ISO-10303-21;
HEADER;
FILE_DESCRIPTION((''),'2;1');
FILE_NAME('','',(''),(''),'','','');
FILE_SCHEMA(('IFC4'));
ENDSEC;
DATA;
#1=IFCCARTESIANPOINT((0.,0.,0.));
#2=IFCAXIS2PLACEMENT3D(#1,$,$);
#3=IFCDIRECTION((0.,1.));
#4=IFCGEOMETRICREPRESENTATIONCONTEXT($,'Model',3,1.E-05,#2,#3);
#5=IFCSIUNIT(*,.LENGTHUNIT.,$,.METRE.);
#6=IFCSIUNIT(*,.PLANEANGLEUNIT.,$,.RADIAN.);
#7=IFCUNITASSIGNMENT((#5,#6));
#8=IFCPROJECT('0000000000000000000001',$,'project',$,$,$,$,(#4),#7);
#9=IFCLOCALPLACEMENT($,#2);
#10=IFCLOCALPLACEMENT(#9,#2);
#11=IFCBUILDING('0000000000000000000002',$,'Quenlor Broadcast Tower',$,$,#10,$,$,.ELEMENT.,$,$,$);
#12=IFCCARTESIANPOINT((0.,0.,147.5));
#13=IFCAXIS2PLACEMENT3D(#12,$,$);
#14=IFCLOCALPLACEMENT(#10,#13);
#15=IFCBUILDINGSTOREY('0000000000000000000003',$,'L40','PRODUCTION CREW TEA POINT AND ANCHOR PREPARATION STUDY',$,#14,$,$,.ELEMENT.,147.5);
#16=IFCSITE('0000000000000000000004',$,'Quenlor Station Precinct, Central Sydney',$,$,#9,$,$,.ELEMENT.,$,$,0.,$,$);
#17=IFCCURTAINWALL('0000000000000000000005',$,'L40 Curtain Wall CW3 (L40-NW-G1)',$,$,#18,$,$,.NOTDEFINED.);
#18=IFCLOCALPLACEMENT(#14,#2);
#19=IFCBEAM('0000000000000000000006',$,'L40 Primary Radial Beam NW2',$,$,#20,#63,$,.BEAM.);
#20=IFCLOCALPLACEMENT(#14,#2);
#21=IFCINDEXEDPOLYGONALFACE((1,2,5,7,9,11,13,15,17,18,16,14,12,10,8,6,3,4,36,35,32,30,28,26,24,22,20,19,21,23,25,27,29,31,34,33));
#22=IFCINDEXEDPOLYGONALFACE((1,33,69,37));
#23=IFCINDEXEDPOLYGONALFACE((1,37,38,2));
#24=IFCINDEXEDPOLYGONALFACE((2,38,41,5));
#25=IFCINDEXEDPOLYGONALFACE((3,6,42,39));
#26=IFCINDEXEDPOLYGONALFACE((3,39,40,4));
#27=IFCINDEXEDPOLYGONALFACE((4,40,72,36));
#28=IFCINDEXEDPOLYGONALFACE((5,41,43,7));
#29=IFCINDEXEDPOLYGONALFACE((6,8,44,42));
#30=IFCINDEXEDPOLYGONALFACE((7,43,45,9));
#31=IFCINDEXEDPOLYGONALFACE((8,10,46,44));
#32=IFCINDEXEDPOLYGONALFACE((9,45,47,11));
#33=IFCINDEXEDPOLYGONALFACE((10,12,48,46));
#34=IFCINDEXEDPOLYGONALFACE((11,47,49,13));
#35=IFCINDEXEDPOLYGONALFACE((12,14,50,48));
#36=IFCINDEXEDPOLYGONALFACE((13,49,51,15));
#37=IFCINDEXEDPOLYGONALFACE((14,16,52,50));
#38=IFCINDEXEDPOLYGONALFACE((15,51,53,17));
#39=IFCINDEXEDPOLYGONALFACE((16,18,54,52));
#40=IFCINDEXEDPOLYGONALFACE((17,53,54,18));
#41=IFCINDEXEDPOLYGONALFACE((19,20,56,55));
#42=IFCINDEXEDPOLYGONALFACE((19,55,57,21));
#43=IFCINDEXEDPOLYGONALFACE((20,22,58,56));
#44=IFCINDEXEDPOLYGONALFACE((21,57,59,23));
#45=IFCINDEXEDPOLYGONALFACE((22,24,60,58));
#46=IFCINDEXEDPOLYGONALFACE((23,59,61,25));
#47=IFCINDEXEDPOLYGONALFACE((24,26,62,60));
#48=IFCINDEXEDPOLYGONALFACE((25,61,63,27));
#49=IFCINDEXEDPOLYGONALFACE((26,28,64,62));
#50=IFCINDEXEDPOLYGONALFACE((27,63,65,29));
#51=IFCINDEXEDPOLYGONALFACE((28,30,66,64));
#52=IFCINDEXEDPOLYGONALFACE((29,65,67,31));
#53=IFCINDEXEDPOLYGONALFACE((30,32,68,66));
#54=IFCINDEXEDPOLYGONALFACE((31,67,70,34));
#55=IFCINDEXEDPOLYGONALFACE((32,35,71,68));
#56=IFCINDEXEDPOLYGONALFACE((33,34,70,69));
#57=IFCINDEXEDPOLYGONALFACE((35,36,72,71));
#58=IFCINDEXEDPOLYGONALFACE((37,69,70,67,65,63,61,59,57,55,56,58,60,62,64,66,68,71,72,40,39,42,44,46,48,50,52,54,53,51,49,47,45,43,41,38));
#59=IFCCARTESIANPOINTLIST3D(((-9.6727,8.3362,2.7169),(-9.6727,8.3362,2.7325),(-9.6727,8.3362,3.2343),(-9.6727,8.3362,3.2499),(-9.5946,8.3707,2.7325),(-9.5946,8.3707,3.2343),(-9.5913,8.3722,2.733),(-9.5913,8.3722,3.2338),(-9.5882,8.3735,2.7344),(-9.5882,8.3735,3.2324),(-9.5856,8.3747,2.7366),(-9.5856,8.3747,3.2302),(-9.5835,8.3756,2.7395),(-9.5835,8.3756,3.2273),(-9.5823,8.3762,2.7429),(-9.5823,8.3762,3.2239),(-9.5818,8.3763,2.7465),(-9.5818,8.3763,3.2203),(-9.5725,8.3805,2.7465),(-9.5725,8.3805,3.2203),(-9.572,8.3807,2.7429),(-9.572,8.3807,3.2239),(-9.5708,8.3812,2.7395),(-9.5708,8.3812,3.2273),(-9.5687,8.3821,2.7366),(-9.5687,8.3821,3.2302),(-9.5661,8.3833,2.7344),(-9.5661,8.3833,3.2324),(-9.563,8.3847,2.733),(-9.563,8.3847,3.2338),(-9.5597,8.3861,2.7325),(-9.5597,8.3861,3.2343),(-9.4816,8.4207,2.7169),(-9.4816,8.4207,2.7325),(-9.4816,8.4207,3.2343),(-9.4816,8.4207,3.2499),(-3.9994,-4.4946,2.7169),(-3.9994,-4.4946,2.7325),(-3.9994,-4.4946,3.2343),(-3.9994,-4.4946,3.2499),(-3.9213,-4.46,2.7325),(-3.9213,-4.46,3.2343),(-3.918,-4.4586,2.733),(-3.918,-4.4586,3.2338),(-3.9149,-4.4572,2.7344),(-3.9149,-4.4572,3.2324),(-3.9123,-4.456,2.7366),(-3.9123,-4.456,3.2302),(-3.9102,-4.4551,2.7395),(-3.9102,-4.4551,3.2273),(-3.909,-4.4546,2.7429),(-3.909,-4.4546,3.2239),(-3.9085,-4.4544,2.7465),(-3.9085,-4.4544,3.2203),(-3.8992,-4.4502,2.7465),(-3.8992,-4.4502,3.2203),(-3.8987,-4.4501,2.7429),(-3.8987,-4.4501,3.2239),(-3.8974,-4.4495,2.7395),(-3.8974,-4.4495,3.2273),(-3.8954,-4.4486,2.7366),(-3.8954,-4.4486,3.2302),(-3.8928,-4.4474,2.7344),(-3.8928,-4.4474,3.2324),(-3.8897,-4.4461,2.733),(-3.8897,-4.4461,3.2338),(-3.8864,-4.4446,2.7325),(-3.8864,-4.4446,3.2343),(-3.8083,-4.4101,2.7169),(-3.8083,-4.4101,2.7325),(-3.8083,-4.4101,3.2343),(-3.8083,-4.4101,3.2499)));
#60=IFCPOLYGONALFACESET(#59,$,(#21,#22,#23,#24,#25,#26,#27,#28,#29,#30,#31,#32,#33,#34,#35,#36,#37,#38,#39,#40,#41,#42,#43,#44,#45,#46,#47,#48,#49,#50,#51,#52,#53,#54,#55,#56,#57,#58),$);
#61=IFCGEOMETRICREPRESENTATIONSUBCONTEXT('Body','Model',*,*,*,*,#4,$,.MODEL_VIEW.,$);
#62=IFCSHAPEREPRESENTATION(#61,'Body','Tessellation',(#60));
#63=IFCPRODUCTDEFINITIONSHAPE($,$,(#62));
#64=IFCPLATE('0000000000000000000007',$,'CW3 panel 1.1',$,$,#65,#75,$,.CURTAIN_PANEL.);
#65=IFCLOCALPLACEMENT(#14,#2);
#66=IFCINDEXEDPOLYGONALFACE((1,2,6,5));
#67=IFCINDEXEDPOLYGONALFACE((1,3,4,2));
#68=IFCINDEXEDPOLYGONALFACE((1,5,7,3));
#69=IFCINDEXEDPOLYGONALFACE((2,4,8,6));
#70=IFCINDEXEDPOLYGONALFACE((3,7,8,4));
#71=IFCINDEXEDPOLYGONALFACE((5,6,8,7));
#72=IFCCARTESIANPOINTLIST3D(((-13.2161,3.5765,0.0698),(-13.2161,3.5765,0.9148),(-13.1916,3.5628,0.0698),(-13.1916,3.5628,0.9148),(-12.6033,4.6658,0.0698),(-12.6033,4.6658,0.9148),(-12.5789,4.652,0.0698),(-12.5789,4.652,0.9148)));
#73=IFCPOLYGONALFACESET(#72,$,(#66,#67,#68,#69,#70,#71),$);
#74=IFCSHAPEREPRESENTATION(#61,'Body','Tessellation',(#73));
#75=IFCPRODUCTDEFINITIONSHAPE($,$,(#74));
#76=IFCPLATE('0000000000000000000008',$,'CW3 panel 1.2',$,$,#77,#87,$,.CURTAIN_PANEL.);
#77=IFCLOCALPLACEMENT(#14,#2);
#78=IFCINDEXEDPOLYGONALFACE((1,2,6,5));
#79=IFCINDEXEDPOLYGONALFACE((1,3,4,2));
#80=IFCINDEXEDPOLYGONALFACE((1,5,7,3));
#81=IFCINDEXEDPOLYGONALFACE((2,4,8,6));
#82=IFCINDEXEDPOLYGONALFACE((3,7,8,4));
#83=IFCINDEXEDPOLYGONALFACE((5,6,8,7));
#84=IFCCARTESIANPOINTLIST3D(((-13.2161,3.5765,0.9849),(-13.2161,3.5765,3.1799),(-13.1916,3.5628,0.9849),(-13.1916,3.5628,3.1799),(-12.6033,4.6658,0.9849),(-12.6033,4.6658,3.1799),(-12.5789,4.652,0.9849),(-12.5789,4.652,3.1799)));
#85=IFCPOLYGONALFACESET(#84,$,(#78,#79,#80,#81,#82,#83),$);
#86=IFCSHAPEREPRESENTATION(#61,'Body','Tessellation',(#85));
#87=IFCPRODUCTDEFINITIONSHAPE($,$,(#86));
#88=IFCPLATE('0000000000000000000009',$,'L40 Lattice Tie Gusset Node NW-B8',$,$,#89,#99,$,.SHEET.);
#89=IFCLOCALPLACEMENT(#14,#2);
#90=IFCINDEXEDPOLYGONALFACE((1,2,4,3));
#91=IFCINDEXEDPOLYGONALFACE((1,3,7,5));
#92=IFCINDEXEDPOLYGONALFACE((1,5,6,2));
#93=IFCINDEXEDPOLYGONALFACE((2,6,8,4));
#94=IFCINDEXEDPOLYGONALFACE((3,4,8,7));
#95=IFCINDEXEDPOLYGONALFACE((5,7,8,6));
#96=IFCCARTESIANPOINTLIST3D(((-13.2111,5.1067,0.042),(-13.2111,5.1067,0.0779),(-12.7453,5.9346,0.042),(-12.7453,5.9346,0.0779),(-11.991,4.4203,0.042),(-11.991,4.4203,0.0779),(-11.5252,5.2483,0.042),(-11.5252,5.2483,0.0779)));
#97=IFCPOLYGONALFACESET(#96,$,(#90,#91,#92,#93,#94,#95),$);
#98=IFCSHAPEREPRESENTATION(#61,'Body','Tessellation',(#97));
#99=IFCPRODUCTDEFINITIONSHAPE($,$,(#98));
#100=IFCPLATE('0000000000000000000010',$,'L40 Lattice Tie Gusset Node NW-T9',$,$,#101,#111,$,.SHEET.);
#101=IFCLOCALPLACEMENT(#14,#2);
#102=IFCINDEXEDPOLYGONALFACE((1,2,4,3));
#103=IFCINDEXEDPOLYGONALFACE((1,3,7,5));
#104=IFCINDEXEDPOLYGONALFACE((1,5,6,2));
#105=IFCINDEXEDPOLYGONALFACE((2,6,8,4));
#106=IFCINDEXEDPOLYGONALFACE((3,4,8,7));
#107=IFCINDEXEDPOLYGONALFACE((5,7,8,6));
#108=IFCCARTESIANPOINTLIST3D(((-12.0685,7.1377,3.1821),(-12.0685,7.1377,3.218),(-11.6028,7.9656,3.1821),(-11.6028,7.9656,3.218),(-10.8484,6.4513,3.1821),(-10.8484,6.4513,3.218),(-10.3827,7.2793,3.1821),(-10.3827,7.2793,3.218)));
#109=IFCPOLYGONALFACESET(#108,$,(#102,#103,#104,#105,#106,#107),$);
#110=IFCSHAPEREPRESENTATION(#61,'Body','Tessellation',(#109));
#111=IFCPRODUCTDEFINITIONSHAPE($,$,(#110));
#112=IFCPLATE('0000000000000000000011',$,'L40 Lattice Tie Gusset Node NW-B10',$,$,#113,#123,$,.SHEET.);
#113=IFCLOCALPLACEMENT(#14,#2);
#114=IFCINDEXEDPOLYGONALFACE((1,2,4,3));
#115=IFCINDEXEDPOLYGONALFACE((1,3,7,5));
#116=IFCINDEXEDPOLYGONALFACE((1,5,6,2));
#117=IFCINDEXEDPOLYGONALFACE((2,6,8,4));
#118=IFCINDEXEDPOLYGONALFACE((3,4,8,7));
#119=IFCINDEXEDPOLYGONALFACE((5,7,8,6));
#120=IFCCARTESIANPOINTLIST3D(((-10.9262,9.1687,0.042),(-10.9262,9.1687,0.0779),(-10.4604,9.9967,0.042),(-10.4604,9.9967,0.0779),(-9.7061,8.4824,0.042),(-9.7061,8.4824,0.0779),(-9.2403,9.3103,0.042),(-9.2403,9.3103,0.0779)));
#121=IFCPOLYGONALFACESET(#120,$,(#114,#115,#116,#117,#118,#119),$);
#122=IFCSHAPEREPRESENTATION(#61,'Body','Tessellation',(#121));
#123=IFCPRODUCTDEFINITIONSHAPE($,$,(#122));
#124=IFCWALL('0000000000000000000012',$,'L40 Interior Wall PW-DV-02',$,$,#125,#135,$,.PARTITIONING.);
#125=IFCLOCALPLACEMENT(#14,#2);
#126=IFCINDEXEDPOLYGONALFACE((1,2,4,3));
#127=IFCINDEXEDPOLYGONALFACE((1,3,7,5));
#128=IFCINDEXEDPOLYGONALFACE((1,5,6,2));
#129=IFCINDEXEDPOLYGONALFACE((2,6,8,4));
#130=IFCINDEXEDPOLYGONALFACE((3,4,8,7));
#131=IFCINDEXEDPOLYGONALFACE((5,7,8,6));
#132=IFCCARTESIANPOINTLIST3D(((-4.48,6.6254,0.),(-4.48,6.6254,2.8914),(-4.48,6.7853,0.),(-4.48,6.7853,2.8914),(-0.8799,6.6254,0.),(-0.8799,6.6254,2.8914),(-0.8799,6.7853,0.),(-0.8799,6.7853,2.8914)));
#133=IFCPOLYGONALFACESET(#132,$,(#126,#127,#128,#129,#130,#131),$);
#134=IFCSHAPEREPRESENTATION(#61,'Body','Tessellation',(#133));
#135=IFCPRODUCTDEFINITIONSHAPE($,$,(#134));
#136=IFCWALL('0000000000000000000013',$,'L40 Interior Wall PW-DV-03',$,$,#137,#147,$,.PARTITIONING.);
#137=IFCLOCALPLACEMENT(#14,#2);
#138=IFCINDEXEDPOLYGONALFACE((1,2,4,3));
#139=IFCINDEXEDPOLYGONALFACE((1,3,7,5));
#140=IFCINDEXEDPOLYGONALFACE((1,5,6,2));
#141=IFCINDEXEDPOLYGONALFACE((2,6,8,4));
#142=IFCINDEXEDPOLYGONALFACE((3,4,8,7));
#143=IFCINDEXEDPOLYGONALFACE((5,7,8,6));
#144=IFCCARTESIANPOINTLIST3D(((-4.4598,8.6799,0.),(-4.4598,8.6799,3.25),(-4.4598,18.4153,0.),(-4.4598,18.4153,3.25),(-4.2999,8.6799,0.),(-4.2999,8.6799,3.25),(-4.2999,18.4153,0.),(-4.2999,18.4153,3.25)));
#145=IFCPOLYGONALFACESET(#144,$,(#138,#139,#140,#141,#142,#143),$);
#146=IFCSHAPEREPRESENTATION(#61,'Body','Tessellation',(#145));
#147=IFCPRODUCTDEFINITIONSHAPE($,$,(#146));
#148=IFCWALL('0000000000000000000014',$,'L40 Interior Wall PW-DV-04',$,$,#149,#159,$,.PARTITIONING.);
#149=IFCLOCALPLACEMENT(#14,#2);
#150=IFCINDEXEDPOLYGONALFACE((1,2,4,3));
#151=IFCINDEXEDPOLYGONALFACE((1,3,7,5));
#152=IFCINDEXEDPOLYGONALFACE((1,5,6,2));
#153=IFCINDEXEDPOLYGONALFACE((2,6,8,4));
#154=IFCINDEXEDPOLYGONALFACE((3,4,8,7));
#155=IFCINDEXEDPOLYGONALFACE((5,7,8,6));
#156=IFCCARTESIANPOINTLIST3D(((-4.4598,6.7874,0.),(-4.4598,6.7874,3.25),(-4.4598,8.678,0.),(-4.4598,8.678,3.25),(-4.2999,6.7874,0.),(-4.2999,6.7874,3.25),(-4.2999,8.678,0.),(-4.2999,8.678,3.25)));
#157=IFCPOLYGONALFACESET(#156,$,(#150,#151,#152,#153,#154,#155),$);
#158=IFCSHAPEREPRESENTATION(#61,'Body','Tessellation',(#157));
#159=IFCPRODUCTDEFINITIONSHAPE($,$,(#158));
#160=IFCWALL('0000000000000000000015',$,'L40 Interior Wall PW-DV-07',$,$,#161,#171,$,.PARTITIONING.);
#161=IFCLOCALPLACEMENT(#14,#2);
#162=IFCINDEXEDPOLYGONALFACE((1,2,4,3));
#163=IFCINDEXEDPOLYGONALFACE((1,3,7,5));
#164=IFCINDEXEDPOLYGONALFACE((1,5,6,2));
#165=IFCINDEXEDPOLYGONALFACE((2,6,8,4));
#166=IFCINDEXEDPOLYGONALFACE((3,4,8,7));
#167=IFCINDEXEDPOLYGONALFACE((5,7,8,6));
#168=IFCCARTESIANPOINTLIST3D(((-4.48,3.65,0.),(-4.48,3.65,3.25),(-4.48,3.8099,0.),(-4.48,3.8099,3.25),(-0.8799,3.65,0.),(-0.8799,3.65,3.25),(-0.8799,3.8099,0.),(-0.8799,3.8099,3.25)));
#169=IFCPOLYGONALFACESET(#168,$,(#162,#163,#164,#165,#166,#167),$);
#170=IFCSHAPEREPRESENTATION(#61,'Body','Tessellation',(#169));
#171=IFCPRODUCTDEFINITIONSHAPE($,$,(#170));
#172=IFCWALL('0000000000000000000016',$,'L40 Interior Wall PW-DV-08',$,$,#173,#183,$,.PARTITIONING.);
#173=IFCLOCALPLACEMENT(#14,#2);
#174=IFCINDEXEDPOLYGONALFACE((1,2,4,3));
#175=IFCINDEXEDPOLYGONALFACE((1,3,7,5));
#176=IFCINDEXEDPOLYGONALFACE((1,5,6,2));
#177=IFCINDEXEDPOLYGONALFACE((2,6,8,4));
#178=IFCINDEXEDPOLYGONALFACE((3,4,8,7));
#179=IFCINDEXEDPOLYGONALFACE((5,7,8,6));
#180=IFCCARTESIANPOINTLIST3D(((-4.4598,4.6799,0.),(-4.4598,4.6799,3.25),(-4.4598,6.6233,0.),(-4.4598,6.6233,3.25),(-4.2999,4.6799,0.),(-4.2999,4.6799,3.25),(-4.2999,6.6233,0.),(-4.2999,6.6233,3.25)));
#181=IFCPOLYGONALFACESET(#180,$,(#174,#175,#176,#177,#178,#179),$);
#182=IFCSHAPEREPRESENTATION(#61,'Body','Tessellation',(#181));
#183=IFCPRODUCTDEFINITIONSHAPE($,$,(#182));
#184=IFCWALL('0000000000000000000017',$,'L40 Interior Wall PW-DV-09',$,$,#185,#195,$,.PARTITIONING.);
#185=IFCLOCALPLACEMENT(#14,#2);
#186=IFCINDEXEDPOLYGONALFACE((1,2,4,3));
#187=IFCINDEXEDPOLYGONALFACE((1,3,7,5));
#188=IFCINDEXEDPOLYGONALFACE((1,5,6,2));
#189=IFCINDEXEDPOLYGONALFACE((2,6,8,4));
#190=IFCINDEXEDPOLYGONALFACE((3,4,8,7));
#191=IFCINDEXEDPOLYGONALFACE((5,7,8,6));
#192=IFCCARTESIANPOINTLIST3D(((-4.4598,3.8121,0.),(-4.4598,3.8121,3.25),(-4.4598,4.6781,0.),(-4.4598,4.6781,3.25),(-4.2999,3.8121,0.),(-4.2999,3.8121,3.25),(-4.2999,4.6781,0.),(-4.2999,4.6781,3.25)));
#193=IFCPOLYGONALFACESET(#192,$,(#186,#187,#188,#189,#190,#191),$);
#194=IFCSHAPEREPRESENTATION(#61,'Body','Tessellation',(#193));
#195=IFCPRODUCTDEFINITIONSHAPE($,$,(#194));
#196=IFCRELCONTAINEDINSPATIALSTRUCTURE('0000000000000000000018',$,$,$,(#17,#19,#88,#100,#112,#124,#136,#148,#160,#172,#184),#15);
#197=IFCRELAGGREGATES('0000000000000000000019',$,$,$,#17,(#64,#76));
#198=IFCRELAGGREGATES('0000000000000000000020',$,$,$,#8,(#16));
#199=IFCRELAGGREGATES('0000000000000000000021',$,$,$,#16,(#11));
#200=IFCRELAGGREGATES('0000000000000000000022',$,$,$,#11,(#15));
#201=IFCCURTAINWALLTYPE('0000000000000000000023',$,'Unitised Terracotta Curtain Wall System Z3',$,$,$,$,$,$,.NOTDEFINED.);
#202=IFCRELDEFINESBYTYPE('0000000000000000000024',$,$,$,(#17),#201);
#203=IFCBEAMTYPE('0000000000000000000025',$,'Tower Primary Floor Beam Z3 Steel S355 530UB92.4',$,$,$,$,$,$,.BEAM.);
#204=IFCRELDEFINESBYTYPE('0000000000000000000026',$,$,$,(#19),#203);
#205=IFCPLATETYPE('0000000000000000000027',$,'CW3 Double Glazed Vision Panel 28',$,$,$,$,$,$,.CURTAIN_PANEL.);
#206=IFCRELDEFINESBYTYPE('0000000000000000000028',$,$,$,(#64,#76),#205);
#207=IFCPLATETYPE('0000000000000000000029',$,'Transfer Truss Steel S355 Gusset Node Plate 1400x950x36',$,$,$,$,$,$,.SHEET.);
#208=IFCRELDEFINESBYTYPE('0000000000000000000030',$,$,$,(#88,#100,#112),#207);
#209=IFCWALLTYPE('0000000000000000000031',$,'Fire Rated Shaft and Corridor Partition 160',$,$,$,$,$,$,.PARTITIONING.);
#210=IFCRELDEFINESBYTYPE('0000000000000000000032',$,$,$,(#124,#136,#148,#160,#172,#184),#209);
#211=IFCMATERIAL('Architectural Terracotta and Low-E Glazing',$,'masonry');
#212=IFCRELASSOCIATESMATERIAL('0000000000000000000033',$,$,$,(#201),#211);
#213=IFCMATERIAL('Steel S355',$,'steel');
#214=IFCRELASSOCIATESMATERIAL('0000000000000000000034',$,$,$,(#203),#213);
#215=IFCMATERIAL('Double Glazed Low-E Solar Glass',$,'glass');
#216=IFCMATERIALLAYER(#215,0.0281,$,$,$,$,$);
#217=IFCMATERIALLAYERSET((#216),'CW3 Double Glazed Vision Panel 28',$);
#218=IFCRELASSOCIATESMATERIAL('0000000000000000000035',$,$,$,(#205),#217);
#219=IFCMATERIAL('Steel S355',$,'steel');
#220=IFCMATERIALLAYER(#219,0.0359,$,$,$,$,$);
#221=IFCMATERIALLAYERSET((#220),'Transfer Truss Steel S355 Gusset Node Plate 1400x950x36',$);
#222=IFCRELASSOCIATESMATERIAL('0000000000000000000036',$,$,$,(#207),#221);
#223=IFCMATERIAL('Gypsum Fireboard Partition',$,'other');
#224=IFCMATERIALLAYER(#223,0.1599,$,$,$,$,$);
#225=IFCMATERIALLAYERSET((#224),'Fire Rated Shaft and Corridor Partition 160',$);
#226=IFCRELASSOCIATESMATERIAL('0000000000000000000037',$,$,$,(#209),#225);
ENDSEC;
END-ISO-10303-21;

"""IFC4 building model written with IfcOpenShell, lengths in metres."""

from ifc_helpers import new_model, si_unit, direction, frame, frame_2d, origin, origin_2d, place, context, subcontext, project, spatial, rectangle, i_section, extrude, material, layer, layer_set, material_profile, profile_set, type_object, element, aggregate, save


model = new_model("IFC4")

# Units and contexts
model_context = context("Model", 3, precision=1e-05, world=origin(), true_north=direction((0.0, 1.0)))
body_context = subcontext(model_context, "Body", "Model", "MODEL_VIEW")
ifc_project = project(units=[si_unit("LENGTHUNIT", "METRE"), si_unit("PLANEANGLEUNIT", "RADIAN")], contexts=[model_context])

# Site, building, storey
site_placement = place(None, origin())
site = spatial("IfcSite", under=ifc_project, at=site_placement, Name="Quenlor Station Precinct, Central Sydney", CompositionType="ELEMENT", RefElevation=0.0)
building_placement = place(site_placement, origin())
building = spatial("IfcBuilding", under=site, at=building_placement, Name="Quenlor Broadcast Tower", CompositionType="ELEMENT")
storey_placement = place(building_placement, frame((0.0, 0.0, 147.5)))
storey = spatial("IfcBuildingStorey", under=building, at=storey_placement, Name="L40", Description="PRODUCTION CREW TEA POINT AND ANCHOR PREPARATION STUDY", CompositionType="ELEMENT", Elevation=147.5)

# Curtain wall
ifc_material_1 = material(Name="Architectural Terracotta and Low-E Glazing", Category="masonry")
curtain_wall_type = type_object("IfcCurtainWallType", Name="Unitised Terracotta Curtain Wall System Z3", PredefinedType="NOTDEFINED", material=ifc_material_1)
curtain_wall_1_placement = place(storey_placement, origin())
curtain_wall_1 = element("IfcCurtainWall", 1, at=curtain_wall_1_placement, inside=storey, type_object=curtain_wall_type, Name="L40 Curtain Wall CW3 (L40-NW-G1)", PredefinedType="NOTDEFINED")

# Beam
ifc_material_2 = material(Name="Steel S355", Category="steel")
ifc_material_profile_1 = material_profile(ifc_material_2, i_section(OverallWidth=0.209, OverallDepth=0.533, WebThickness=0.0103, FlangeThickness=0.0156, FilletRadius=0.0139, at=origin_2d()))
ifc_profile_set_1 = profile_set([ifc_material_profile_1], Name="Steel S355 530UB92.4")
beam_type_1 = type_object("IfcBeamType", Name="Tower Primary Floor Beam Z3 Steel S355 530UB92.4", PredefinedType="BEAM", material=ifc_profile_set_1)
beam_1_placement = place(storey_placement, frame((-9.5771, 8.3784, 2.9834), z_axis=(0.404397, -0.914583, 0.0), x_axis=(0.914583, 0.404397, 0.0)))
element("IfcBeam", 2, at=beam_1_placement, inside=storey, type_object=beam_type_1, Name="L40 Primary Radial Beam NW2", PredefinedType="BEAM", context=body_context, shape_type="SweptSolid", body=[
    extrude(i_section(OverallWidth=0.209, OverallDepth=0.533, WebThickness=0.0103, FlangeThickness=0.0156, FilletRadius=0.0139, at=origin_2d()), origin(), (0.0, 0.0, 1.0), 14.0291),
])

# Plates
ifc_material_3 = material(Name="Double Glazed Low-E Solar Glass", Category="glass")
ifc_layer_1 = layer(ifc_material_3, 0.0281)
ifc_layer_set_1 = layer_set([ifc_layer_1], Name="CW3 Double Glazed Vision Panel 28")
plate_type_1 = type_object("IfcPlateType", Name="CW3 Double Glazed Vision Panel 28", PredefinedType="CURTAIN_PANEL", material=ifc_layer_set_1)
plate_1_placement = place(storey_placement, frame((-12.8975, 4.1143, 0.0698), z_axis=(0.0, 0.0, 1.0), x_axis=(0.490285, 0.871562, 0.0)))
plate_1 = element("IfcPlate", 3, at=plate_1_placement, type_object=plate_type_1, Name="CW3 panel 1.1", PredefinedType="CURTAIN_PANEL", context=body_context, shape_type="SweptSolid", body=[
    extrude(rectangle(XDim=1.2498, YDim=0.0281, at=origin_2d()), origin(), (0.0, 0.0, 1.0), 0.845),
])
plate_2_placement = place(storey_placement, frame((-12.8975, 4.1143, 0.9849), z_axis=(0.0, 0.0, 1.0), x_axis=(0.490285, 0.871562, 0.0)))
plate_2 = element("IfcPlate", 4, at=plate_2_placement, type_object=plate_type_1, Name="CW3 panel 1.2", PredefinedType="CURTAIN_PANEL", context=body_context, shape_type="SweptSolid", body=[
    extrude(rectangle(XDim=1.2498, YDim=0.0281, at=origin_2d()), origin(), (0.0, 0.0, 1.0), 2.1951),
])
aggregate(curtain_wall_1, [plate_1, plate_2])

# Plates
ifc_material_4 = material(Name="Steel S355", Category="steel")
ifc_layer_2 = layer(ifc_material_4, 0.0359)
ifc_layer_set_2 = layer_set([ifc_layer_2], Name="Transfer Truss Steel S355 Gusset Node Plate 1400x950x36")
plate_type_2 = type_object("IfcPlateType", Name="Transfer Truss Steel S355 Gusset Node Plate 1400x950x36", PredefinedType="SHEET", material=ifc_layer_set_2)
for number, where, z_axis, x_axis, name in (
    (5, (-12.3682, 5.1775, 0.042), (0.0, 0.0, 1.0), (-0.871556, 0.490295, 0.0), "L40 Lattice Tie Gusset Node NW-B8"),
    (6, (-11.2256, 7.2085, 3.1821), (0.0, 0.0, 1.0), (-0.871556, 0.490295, 0.0), "L40 Lattice Tie Gusset Node NW-T9"),
    (7, (-10.0833, 9.2395, 0.042), (0.0, 0.0, 1.0), (-0.871556, 0.490295, 0.0), "L40 Lattice Tie Gusset Node NW-B10"),
):
    element("IfcPlate", number, at=place(storey_placement, frame(where, z_axis=z_axis, x_axis=x_axis)), inside=storey, type_object=plate_type_2, Name=name, PredefinedType="SHEET", context=body_context, shape_type="SweptSolid", body=[
        extrude(rectangle(XDim=1.3999, YDim=0.95, at=origin_2d()), origin(), (0.0, 0.0, 1.0), 0.0359),
    ])

# Walls
ifc_material_5 = material(Name="Gypsum Fireboard Partition", Category="other")
ifc_layer_3 = layer(ifc_material_5, 0.1599)
ifc_layer_set_3 = layer_set([ifc_layer_3], Name="Fire Rated Shaft and Corridor Partition 160")
wall_type_1 = type_object("IfcWallType", Name="Fire Rated Shaft and Corridor Partition 160", PredefinedType="PARTITIONING", material=ifc_layer_set_3)
wall_1_placement = place(storey_placement, frame((-0.8799, 6.7053, 0.0), z_axis=(0.0, 0.0, 1.0), x_axis=(-1.0, 0.0, 0.0)))
element("IfcWall", 8, at=wall_1_placement, inside=storey, type_object=wall_type_1, Name="L40 Interior Wall PW-DV-02", PredefinedType="PARTITIONING", context=body_context, shape_type="SweptSolid", body=[
    extrude(rectangle(XDim=3.6001, YDim=0.1599, at=frame_2d((1.8, 0.0))), origin(), (0.0, 0.0, 1.0), 2.8914),
])
wall_2_placement = place(storey_placement, frame((-4.3799, 8.6799, 0.0), z_axis=(0.0, 0.0, 1.0), x_axis=(0.0, 1.0, 0.0)))
element("IfcWall", 9, at=wall_2_placement, inside=storey, type_object=wall_type_1, Name="L40 Interior Wall PW-DV-03", PredefinedType="PARTITIONING", context=body_context, shape_type="SweptSolid", body=[
    extrude(rectangle(XDim=9.7354, YDim=0.1599, at=frame_2d((4.8677, 0.0))), origin(), (0.0, 0.0, 1.0), 3.25),
])
wall_3_placement = place(storey_placement, frame((-4.3799, 6.7874, 0.0), z_axis=(0.0, 0.0, 1.0), x_axis=(0.0, 1.0, 0.0)))
element("IfcWall", 10, at=wall_3_placement, inside=storey, type_object=wall_type_1, Name="L40 Interior Wall PW-DV-04", PredefinedType="PARTITIONING", context=body_context, shape_type="SweptSolid", body=[
    extrude(rectangle(XDim=1.8906, YDim=0.1599, at=frame_2d((0.9453, 0.0))), origin(), (0.0, 0.0, 1.0), 3.25),
])
wall_4_placement = place(storey_placement, frame((-0.8799, 3.73, 0.0), z_axis=(0.0, 0.0, 1.0), x_axis=(-1.0, 0.0, 0.0)))
element("IfcWall", 11, at=wall_4_placement, inside=storey, type_object=wall_type_1, Name="L40 Interior Wall PW-DV-07", PredefinedType="PARTITIONING", context=body_context, shape_type="SweptSolid", body=[
    extrude(rectangle(XDim=3.6001, YDim=0.1599, at=frame_2d((1.8, 0.0))), origin(), (0.0, 0.0, 1.0), 3.25),
])
wall_5_placement = place(storey_placement, frame((-4.3799, 4.6799, 0.0), z_axis=(0.0, 0.0, 1.0), x_axis=(0.0, 1.0, 0.0)))
element("IfcWall", 12, at=wall_5_placement, inside=storey, type_object=wall_type_1, Name="L40 Interior Wall PW-DV-08", PredefinedType="PARTITIONING", context=body_context, shape_type="SweptSolid", body=[
    extrude(rectangle(XDim=1.9434, YDim=0.1599, at=frame_2d((0.9717, 0.0))), origin(), (0.0, 0.0, 1.0), 3.25),
])
wall_6_placement = place(storey_placement, frame((-4.3799, 3.812, 0.0), z_axis=(0.0, 0.0, 1.0), x_axis=(0.0, 1.0, 0.0)))
element("IfcWall", 13, at=wall_6_placement, inside=storey, type_object=wall_type_1, Name="L40 Interior Wall PW-DV-09", PredefinedType="PARTITIONING", context=body_context, shape_type="SweptSolid", body=[
    extrude(rectangle(XDim=0.866, YDim=0.1599, at=frame_2d((0.4331, 0.0))), origin(), (0.0, 0.0, 1.0), 3.25),
])

save(model, "model.ifc")
